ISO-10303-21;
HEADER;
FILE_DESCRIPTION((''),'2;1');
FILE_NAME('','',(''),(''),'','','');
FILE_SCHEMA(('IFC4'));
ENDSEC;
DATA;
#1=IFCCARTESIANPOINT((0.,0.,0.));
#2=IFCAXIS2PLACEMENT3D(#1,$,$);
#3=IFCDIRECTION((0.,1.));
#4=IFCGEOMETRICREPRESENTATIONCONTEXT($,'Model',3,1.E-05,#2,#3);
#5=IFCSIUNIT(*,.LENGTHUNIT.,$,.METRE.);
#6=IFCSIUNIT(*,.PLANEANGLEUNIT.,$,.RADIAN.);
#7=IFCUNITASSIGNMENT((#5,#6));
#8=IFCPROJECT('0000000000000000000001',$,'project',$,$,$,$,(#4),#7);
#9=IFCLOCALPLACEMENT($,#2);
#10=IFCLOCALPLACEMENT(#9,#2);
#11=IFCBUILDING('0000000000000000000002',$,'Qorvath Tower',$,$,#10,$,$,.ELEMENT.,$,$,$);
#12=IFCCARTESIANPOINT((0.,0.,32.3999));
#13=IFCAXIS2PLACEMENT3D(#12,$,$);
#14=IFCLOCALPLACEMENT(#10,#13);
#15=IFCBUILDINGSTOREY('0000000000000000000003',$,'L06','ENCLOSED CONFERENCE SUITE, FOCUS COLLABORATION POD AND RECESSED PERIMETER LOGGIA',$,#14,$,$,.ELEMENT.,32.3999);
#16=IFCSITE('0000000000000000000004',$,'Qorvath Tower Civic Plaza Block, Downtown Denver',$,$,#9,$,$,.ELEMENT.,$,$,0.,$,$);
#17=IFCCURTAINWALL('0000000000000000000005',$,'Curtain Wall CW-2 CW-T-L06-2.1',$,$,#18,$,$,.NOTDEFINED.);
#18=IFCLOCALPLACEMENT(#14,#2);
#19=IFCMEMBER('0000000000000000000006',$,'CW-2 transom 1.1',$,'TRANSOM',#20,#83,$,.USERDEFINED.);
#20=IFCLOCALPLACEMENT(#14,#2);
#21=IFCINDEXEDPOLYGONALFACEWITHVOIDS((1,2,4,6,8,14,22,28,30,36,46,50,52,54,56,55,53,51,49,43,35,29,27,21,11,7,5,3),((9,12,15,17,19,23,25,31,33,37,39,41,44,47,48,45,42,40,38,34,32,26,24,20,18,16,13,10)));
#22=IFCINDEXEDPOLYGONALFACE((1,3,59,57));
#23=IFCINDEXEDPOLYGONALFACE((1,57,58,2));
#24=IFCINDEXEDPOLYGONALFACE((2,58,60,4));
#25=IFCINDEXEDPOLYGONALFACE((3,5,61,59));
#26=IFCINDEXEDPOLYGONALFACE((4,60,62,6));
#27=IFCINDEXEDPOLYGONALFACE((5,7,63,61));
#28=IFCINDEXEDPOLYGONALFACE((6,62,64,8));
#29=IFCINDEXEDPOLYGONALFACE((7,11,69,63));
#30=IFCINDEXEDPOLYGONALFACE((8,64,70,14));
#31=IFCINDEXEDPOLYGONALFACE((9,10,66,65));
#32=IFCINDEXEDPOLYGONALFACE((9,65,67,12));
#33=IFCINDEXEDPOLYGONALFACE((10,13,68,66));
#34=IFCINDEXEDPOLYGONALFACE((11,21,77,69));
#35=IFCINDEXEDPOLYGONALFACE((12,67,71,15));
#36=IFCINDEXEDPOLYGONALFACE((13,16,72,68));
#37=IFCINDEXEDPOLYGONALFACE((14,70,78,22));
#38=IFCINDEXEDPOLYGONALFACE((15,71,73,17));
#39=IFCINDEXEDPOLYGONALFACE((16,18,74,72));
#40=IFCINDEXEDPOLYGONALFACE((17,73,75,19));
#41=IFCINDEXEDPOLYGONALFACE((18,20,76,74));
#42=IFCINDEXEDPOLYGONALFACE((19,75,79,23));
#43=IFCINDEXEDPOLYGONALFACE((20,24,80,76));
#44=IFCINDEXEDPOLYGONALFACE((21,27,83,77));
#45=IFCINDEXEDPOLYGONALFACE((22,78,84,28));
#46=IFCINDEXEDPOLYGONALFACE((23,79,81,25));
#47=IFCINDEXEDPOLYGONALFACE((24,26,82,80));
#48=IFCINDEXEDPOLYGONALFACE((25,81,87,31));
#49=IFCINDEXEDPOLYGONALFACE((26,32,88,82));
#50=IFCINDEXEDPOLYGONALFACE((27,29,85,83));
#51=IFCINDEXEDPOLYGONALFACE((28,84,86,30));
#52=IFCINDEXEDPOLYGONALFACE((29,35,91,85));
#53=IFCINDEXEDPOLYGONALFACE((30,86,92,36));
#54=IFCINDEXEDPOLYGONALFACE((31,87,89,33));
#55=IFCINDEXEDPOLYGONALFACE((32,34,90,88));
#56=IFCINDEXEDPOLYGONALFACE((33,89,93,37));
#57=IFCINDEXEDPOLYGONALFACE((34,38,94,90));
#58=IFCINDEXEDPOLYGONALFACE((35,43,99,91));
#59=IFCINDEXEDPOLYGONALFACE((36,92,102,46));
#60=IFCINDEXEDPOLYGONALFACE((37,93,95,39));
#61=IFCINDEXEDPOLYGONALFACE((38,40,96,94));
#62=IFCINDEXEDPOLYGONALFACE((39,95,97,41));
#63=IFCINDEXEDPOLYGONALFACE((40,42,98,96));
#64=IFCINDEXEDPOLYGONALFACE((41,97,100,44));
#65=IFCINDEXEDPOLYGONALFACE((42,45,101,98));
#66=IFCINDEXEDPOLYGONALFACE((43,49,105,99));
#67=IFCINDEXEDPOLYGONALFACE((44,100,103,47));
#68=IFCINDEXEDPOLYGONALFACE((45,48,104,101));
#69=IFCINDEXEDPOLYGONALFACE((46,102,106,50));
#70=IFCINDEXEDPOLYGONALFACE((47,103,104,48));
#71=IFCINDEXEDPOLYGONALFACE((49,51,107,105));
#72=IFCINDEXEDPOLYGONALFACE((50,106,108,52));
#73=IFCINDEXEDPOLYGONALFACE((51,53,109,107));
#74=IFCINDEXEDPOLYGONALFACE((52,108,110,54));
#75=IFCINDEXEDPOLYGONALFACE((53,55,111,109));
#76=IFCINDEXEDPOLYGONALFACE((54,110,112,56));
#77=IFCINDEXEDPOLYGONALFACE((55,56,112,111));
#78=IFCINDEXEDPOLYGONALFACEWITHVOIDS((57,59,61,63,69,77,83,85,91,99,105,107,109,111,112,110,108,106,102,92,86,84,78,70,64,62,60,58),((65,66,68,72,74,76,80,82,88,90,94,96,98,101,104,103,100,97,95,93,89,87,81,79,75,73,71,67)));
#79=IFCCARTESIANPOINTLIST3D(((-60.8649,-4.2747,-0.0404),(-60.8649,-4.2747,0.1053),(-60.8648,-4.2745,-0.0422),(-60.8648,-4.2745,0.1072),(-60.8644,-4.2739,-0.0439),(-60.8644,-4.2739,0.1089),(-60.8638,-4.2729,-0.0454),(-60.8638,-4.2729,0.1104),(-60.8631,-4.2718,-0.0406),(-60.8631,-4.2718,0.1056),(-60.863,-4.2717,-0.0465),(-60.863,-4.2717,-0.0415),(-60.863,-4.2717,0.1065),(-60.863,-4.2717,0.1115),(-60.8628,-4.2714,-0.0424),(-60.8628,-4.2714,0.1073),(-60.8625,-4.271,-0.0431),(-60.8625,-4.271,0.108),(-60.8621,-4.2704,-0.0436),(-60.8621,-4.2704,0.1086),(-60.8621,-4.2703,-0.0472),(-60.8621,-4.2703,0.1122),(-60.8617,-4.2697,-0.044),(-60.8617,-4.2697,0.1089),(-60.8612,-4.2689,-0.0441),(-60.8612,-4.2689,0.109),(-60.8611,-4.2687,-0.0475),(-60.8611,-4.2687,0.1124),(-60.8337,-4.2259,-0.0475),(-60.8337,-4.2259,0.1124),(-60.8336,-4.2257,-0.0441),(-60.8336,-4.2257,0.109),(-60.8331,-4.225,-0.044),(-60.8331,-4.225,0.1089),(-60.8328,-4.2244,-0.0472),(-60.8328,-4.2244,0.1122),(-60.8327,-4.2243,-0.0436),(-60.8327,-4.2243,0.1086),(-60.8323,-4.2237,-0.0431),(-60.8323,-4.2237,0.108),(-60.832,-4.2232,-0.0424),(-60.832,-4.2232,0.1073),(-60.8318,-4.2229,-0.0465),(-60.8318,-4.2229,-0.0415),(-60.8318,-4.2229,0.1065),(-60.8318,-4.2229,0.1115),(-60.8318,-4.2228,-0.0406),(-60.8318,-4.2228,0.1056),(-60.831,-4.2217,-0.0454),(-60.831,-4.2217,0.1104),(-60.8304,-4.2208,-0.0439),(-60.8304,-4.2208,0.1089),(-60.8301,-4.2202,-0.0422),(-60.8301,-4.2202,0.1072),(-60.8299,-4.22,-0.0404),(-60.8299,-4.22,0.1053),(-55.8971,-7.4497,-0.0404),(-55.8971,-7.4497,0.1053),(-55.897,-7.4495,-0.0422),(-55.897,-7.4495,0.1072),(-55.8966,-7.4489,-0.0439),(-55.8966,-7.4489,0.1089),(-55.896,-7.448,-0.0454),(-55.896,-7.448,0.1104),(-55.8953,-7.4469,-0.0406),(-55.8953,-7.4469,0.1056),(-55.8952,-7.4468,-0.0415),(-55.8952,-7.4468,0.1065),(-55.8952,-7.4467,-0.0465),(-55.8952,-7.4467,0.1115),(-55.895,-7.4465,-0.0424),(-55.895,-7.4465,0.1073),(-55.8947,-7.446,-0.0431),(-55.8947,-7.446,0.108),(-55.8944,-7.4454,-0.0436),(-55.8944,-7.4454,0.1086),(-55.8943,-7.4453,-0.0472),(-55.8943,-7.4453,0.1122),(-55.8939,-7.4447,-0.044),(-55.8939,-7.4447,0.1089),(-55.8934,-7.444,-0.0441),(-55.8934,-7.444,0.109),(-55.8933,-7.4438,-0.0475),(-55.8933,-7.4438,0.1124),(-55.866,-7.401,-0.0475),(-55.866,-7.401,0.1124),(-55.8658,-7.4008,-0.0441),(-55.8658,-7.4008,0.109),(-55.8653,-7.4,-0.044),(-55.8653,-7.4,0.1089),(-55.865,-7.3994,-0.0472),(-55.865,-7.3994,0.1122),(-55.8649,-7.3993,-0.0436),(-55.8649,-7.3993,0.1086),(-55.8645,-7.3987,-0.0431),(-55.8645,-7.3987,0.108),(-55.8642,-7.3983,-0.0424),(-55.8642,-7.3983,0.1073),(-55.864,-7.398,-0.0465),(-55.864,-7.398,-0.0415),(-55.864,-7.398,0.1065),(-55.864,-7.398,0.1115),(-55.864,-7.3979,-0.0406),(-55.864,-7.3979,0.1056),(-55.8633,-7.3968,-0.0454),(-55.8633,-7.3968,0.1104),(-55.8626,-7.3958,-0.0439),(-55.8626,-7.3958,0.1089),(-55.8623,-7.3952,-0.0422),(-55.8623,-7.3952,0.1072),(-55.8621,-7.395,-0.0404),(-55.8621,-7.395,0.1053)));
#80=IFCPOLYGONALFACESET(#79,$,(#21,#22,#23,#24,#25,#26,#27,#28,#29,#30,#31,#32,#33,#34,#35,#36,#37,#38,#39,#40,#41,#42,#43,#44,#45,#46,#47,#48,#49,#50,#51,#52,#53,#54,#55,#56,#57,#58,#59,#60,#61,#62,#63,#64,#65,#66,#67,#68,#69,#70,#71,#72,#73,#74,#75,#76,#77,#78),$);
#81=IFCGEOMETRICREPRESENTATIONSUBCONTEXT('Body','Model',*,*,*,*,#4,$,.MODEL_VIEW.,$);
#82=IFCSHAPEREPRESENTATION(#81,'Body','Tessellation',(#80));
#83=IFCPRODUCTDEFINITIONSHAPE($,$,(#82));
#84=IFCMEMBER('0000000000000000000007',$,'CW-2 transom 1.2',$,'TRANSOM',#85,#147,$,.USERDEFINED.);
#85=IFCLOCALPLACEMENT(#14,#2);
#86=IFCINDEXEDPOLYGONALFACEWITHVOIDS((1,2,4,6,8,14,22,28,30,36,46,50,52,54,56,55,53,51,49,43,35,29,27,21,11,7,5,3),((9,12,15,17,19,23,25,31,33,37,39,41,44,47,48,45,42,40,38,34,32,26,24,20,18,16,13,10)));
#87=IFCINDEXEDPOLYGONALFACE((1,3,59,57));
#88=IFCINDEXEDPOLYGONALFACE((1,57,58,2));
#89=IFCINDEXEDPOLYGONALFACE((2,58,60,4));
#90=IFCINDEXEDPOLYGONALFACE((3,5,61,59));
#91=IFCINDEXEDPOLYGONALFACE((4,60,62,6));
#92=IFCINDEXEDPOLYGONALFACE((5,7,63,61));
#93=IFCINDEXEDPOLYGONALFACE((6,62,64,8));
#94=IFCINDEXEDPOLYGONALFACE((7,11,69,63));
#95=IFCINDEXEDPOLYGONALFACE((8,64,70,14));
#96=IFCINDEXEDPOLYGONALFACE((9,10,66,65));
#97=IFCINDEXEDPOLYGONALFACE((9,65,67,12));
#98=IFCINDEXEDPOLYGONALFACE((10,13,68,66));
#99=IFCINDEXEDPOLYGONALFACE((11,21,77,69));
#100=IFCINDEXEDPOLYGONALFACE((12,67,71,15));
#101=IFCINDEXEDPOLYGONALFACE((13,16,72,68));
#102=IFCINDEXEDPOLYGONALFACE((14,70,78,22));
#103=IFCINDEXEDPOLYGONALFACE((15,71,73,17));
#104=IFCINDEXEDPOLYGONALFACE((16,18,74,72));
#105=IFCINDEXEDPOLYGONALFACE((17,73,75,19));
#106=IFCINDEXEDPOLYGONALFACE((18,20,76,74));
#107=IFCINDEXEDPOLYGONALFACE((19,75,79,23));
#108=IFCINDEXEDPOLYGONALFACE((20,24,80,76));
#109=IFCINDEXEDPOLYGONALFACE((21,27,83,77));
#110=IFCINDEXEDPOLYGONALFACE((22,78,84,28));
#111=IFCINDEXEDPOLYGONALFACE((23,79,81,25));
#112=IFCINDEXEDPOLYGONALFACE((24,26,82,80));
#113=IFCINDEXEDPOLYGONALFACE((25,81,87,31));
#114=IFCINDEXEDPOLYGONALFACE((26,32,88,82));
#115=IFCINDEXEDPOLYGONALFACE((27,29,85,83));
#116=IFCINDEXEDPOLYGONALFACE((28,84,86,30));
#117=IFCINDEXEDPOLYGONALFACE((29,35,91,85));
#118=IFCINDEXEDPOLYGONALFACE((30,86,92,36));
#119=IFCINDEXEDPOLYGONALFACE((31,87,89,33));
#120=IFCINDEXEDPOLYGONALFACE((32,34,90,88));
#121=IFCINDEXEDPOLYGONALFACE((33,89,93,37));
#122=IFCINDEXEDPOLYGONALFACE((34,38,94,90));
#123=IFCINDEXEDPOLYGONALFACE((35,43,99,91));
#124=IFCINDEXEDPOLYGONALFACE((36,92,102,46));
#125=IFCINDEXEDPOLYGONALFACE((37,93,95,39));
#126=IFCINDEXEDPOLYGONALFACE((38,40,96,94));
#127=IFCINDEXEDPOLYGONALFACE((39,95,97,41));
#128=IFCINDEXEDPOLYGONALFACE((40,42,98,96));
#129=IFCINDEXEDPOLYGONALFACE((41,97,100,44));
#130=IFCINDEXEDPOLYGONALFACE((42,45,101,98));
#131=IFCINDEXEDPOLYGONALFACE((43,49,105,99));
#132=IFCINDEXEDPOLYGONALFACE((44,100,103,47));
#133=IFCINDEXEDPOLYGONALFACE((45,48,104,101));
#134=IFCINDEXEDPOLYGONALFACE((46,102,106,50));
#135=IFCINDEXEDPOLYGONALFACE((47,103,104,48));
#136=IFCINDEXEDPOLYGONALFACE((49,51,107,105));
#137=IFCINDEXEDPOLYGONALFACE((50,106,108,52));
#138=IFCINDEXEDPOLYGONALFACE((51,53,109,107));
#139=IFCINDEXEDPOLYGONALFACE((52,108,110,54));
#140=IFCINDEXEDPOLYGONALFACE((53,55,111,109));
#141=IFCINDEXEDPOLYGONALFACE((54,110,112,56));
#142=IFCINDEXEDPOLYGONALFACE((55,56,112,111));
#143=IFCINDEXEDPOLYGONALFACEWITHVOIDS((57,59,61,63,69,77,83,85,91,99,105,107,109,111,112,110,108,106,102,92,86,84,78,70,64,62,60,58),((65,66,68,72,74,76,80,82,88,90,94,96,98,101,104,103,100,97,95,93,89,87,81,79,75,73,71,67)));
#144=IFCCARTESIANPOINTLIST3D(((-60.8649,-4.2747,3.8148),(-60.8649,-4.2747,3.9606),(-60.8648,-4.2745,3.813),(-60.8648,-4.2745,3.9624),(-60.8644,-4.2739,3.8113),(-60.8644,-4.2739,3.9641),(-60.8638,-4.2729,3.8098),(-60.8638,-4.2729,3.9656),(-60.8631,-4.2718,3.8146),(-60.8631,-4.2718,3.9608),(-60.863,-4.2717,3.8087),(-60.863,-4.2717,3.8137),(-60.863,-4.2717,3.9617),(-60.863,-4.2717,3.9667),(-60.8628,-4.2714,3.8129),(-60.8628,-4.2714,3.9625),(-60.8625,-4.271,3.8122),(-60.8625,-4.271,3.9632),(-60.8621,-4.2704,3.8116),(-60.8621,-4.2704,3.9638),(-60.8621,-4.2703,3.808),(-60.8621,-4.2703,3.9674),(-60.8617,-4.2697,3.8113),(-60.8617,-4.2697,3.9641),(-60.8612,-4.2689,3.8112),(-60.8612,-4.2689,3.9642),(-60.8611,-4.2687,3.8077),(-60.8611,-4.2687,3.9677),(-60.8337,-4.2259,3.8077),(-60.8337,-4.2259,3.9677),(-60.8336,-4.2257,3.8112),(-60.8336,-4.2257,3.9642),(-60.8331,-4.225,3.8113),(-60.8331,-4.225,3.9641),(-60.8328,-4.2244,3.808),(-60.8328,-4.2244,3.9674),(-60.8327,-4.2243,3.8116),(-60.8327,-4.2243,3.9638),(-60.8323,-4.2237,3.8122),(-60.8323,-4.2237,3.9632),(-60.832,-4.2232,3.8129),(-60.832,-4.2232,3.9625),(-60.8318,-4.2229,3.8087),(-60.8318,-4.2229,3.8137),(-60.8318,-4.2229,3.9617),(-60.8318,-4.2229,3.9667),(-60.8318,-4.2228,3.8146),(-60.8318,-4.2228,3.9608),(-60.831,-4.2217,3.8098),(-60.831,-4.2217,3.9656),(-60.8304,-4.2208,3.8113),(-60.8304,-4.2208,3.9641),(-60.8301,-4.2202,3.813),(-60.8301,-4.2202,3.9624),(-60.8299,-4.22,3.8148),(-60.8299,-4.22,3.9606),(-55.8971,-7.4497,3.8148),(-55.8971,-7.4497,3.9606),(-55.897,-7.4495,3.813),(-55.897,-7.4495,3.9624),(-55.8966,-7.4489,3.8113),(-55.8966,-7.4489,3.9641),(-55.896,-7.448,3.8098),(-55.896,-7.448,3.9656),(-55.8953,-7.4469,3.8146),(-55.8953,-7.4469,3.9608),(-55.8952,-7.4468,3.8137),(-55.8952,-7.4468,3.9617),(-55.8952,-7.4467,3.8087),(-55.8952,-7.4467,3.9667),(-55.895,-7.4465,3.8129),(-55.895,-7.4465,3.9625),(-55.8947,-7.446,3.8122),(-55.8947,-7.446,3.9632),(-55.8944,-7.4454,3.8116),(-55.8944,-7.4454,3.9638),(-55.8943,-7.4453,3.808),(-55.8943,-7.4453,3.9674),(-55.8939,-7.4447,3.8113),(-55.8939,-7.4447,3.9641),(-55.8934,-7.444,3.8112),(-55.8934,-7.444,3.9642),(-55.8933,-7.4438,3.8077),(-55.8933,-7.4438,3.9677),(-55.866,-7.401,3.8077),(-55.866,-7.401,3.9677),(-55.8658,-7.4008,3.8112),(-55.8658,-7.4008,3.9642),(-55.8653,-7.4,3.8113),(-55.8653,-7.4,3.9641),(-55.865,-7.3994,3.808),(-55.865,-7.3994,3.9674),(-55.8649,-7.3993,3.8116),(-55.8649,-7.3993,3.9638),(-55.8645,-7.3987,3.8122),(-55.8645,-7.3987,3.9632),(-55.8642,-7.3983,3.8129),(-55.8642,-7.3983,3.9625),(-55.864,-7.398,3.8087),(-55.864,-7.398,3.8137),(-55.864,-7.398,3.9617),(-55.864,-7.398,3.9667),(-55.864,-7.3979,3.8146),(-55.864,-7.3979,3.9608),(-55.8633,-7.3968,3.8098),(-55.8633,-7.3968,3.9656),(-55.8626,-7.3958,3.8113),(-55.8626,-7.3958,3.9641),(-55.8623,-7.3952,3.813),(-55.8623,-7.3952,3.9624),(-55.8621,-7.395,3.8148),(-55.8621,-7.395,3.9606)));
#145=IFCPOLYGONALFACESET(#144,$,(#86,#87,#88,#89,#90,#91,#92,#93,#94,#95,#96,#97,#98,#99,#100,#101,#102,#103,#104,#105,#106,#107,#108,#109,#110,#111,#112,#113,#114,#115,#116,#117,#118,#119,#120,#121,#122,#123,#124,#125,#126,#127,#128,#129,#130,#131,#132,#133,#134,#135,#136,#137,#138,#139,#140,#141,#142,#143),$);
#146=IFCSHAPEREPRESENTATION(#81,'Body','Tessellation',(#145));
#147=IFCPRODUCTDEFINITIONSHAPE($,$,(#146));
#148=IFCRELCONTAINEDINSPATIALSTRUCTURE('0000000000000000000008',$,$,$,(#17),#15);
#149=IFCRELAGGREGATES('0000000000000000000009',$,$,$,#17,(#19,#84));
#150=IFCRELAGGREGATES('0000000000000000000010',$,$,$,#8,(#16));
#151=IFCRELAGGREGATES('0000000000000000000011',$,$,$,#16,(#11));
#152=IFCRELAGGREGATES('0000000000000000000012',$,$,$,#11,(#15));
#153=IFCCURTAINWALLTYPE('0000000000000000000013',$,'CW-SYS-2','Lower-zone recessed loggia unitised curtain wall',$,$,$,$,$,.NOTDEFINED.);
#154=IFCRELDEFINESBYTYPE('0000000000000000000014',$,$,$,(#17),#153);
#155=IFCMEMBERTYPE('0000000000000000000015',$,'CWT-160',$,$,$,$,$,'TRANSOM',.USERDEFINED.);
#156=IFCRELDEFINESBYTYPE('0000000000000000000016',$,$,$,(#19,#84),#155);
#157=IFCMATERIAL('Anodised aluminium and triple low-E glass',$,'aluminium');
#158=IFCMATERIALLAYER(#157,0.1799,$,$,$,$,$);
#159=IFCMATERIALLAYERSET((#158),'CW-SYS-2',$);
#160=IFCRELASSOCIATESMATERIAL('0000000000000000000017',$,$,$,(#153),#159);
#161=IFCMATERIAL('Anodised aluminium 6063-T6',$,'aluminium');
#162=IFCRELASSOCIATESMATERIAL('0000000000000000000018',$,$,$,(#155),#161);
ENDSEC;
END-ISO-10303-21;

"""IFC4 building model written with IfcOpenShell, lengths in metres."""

from ifc_helpers import new_model, si_unit, direction, frame, origin, origin_2d, place, context, subcontext, project, spatial, hollow_rectangle, extrude, material, layer, layer_set, material_profile, profile_set, type_object, element, aggregate, save


model = new_model("IFC4")

# Units and contexts
model_context = context("Model", 3, precision=1e-05, world=origin(), true_north=direction((0.0, 1.0)))
body_context = subcontext(model_context, "Body", "Model", "MODEL_VIEW")
ifc_project = project(units=[si_unit("LENGTHUNIT", "METRE"), si_unit("PLANEANGLEUNIT", "RADIAN")], contexts=[model_context])

# Site, building, storey
site_placement = place(None, origin())
site = spatial("IfcSite", under=ifc_project, at=site_placement, Name="Qorvath Tower Civic Plaza Block, Downtown Denver", CompositionType="ELEMENT", RefElevation=0.0)
building_placement = place(site_placement, origin())
building = spatial("IfcBuilding", under=site, at=building_placement, Name="Qorvath Tower", CompositionType="ELEMENT")
storey_placement = place(building_placement, frame((0.0, 0.0, 32.3999)))
storey = spatial("IfcBuildingStorey", under=building, at=storey_placement, Name="L06", Description="ENCLOSED CONFERENCE SUITE, FOCUS COLLABORATION POD AND RECESSED PERIMETER LOGGIA", CompositionType="ELEMENT", Elevation=32.3999)

# Curtain wall, members
ifc_material_1 = material(Name="Anodised aluminium and triple low-E glass", Category="aluminium")
ifc_layer_1 = layer(ifc_material_1, 0.1799)
ifc_layer_set_1 = layer_set([ifc_layer_1], Name="CW-SYS-2")
curtain_wall_type = type_object("IfcCurtainWallType", Name="CW-SYS-2", Description="Lower-zone recessed loggia unitised curtain wall", PredefinedType="NOTDEFINED", material=ifc_layer_set_1)
curtain_wall_placement = place(storey_placement, origin())
curtain_wall = element("IfcCurtainWall", 1, at=curtain_wall_placement, inside=storey, type_object=curtain_wall_type, Name="Curtain Wall CW-2 CW-T-L06-2.1", PredefinedType="NOTDEFINED")
ifc_material_2 = material(Name="Anodised aluminium 6063-T6", Category="aluminium")
ifc_material_profile_1 = material_profile(ifc_material_2, hollow_rectangle(XDim=0.0649, YDim=0.1599, WallThickness=0.0034, InnerFilletRadius=0.0034, OuterFilletRadius=0.0071, at=origin_2d()), Name="CWT 160x65")
ifc_profile_set_1 = profile_set([ifc_material_profile_1], Name="Anodised aluminium 6063-T6")
member_type_1 = type_object("IfcMemberType", Name="CWT-160", ElementType="TRANSOM", PredefinedType="USERDEFINED", material=ifc_profile_set_1)
member_1_placement = place(storey_placement, frame((-60.8474, -4.2473, 0.0325), z_axis=(0.842604, -0.538533, 0.0), x_axis=(0.538533, 0.842604, 0.0)))
member_1 = element("IfcMember", 2, at=member_1_placement, type_object=member_type_1, Name="CW-2 transom 1.1", ObjectType="TRANSOM", PredefinedType="USERDEFINED", context=body_context, shape_type="SweptSolid", body=[
    extrude(hollow_rectangle(XDim=0.0649, YDim=0.1599, WallThickness=0.0034, InnerFilletRadius=0.0034, OuterFilletRadius=0.0071, at=origin_2d()), origin(), (0.0, 0.0, 1.0), 5.8958),
])
member_2_placement = place(storey_placement, frame((-60.8474, -4.2473, 3.8877), z_axis=(0.842604, -0.538533, 0.0), x_axis=(0.538533, 0.842604, 0.0)))
member_2 = element("IfcMember", 3, at=member_2_placement, type_object=member_type_1, Name="CW-2 transom 1.2", ObjectType="TRANSOM", PredefinedType="USERDEFINED", context=body_context, shape_type="SweptSolid", body=[
    extrude(hollow_rectangle(XDim=0.0649, YDim=0.1599, WallThickness=0.0034, InnerFilletRadius=0.0034, OuterFilletRadius=0.0071, at=origin_2d()), origin(), (0.0, 0.0, 1.0), 5.8958),
])
aggregate(curtain_wall, [member_1, member_2])

save(model, "model.ifc")
